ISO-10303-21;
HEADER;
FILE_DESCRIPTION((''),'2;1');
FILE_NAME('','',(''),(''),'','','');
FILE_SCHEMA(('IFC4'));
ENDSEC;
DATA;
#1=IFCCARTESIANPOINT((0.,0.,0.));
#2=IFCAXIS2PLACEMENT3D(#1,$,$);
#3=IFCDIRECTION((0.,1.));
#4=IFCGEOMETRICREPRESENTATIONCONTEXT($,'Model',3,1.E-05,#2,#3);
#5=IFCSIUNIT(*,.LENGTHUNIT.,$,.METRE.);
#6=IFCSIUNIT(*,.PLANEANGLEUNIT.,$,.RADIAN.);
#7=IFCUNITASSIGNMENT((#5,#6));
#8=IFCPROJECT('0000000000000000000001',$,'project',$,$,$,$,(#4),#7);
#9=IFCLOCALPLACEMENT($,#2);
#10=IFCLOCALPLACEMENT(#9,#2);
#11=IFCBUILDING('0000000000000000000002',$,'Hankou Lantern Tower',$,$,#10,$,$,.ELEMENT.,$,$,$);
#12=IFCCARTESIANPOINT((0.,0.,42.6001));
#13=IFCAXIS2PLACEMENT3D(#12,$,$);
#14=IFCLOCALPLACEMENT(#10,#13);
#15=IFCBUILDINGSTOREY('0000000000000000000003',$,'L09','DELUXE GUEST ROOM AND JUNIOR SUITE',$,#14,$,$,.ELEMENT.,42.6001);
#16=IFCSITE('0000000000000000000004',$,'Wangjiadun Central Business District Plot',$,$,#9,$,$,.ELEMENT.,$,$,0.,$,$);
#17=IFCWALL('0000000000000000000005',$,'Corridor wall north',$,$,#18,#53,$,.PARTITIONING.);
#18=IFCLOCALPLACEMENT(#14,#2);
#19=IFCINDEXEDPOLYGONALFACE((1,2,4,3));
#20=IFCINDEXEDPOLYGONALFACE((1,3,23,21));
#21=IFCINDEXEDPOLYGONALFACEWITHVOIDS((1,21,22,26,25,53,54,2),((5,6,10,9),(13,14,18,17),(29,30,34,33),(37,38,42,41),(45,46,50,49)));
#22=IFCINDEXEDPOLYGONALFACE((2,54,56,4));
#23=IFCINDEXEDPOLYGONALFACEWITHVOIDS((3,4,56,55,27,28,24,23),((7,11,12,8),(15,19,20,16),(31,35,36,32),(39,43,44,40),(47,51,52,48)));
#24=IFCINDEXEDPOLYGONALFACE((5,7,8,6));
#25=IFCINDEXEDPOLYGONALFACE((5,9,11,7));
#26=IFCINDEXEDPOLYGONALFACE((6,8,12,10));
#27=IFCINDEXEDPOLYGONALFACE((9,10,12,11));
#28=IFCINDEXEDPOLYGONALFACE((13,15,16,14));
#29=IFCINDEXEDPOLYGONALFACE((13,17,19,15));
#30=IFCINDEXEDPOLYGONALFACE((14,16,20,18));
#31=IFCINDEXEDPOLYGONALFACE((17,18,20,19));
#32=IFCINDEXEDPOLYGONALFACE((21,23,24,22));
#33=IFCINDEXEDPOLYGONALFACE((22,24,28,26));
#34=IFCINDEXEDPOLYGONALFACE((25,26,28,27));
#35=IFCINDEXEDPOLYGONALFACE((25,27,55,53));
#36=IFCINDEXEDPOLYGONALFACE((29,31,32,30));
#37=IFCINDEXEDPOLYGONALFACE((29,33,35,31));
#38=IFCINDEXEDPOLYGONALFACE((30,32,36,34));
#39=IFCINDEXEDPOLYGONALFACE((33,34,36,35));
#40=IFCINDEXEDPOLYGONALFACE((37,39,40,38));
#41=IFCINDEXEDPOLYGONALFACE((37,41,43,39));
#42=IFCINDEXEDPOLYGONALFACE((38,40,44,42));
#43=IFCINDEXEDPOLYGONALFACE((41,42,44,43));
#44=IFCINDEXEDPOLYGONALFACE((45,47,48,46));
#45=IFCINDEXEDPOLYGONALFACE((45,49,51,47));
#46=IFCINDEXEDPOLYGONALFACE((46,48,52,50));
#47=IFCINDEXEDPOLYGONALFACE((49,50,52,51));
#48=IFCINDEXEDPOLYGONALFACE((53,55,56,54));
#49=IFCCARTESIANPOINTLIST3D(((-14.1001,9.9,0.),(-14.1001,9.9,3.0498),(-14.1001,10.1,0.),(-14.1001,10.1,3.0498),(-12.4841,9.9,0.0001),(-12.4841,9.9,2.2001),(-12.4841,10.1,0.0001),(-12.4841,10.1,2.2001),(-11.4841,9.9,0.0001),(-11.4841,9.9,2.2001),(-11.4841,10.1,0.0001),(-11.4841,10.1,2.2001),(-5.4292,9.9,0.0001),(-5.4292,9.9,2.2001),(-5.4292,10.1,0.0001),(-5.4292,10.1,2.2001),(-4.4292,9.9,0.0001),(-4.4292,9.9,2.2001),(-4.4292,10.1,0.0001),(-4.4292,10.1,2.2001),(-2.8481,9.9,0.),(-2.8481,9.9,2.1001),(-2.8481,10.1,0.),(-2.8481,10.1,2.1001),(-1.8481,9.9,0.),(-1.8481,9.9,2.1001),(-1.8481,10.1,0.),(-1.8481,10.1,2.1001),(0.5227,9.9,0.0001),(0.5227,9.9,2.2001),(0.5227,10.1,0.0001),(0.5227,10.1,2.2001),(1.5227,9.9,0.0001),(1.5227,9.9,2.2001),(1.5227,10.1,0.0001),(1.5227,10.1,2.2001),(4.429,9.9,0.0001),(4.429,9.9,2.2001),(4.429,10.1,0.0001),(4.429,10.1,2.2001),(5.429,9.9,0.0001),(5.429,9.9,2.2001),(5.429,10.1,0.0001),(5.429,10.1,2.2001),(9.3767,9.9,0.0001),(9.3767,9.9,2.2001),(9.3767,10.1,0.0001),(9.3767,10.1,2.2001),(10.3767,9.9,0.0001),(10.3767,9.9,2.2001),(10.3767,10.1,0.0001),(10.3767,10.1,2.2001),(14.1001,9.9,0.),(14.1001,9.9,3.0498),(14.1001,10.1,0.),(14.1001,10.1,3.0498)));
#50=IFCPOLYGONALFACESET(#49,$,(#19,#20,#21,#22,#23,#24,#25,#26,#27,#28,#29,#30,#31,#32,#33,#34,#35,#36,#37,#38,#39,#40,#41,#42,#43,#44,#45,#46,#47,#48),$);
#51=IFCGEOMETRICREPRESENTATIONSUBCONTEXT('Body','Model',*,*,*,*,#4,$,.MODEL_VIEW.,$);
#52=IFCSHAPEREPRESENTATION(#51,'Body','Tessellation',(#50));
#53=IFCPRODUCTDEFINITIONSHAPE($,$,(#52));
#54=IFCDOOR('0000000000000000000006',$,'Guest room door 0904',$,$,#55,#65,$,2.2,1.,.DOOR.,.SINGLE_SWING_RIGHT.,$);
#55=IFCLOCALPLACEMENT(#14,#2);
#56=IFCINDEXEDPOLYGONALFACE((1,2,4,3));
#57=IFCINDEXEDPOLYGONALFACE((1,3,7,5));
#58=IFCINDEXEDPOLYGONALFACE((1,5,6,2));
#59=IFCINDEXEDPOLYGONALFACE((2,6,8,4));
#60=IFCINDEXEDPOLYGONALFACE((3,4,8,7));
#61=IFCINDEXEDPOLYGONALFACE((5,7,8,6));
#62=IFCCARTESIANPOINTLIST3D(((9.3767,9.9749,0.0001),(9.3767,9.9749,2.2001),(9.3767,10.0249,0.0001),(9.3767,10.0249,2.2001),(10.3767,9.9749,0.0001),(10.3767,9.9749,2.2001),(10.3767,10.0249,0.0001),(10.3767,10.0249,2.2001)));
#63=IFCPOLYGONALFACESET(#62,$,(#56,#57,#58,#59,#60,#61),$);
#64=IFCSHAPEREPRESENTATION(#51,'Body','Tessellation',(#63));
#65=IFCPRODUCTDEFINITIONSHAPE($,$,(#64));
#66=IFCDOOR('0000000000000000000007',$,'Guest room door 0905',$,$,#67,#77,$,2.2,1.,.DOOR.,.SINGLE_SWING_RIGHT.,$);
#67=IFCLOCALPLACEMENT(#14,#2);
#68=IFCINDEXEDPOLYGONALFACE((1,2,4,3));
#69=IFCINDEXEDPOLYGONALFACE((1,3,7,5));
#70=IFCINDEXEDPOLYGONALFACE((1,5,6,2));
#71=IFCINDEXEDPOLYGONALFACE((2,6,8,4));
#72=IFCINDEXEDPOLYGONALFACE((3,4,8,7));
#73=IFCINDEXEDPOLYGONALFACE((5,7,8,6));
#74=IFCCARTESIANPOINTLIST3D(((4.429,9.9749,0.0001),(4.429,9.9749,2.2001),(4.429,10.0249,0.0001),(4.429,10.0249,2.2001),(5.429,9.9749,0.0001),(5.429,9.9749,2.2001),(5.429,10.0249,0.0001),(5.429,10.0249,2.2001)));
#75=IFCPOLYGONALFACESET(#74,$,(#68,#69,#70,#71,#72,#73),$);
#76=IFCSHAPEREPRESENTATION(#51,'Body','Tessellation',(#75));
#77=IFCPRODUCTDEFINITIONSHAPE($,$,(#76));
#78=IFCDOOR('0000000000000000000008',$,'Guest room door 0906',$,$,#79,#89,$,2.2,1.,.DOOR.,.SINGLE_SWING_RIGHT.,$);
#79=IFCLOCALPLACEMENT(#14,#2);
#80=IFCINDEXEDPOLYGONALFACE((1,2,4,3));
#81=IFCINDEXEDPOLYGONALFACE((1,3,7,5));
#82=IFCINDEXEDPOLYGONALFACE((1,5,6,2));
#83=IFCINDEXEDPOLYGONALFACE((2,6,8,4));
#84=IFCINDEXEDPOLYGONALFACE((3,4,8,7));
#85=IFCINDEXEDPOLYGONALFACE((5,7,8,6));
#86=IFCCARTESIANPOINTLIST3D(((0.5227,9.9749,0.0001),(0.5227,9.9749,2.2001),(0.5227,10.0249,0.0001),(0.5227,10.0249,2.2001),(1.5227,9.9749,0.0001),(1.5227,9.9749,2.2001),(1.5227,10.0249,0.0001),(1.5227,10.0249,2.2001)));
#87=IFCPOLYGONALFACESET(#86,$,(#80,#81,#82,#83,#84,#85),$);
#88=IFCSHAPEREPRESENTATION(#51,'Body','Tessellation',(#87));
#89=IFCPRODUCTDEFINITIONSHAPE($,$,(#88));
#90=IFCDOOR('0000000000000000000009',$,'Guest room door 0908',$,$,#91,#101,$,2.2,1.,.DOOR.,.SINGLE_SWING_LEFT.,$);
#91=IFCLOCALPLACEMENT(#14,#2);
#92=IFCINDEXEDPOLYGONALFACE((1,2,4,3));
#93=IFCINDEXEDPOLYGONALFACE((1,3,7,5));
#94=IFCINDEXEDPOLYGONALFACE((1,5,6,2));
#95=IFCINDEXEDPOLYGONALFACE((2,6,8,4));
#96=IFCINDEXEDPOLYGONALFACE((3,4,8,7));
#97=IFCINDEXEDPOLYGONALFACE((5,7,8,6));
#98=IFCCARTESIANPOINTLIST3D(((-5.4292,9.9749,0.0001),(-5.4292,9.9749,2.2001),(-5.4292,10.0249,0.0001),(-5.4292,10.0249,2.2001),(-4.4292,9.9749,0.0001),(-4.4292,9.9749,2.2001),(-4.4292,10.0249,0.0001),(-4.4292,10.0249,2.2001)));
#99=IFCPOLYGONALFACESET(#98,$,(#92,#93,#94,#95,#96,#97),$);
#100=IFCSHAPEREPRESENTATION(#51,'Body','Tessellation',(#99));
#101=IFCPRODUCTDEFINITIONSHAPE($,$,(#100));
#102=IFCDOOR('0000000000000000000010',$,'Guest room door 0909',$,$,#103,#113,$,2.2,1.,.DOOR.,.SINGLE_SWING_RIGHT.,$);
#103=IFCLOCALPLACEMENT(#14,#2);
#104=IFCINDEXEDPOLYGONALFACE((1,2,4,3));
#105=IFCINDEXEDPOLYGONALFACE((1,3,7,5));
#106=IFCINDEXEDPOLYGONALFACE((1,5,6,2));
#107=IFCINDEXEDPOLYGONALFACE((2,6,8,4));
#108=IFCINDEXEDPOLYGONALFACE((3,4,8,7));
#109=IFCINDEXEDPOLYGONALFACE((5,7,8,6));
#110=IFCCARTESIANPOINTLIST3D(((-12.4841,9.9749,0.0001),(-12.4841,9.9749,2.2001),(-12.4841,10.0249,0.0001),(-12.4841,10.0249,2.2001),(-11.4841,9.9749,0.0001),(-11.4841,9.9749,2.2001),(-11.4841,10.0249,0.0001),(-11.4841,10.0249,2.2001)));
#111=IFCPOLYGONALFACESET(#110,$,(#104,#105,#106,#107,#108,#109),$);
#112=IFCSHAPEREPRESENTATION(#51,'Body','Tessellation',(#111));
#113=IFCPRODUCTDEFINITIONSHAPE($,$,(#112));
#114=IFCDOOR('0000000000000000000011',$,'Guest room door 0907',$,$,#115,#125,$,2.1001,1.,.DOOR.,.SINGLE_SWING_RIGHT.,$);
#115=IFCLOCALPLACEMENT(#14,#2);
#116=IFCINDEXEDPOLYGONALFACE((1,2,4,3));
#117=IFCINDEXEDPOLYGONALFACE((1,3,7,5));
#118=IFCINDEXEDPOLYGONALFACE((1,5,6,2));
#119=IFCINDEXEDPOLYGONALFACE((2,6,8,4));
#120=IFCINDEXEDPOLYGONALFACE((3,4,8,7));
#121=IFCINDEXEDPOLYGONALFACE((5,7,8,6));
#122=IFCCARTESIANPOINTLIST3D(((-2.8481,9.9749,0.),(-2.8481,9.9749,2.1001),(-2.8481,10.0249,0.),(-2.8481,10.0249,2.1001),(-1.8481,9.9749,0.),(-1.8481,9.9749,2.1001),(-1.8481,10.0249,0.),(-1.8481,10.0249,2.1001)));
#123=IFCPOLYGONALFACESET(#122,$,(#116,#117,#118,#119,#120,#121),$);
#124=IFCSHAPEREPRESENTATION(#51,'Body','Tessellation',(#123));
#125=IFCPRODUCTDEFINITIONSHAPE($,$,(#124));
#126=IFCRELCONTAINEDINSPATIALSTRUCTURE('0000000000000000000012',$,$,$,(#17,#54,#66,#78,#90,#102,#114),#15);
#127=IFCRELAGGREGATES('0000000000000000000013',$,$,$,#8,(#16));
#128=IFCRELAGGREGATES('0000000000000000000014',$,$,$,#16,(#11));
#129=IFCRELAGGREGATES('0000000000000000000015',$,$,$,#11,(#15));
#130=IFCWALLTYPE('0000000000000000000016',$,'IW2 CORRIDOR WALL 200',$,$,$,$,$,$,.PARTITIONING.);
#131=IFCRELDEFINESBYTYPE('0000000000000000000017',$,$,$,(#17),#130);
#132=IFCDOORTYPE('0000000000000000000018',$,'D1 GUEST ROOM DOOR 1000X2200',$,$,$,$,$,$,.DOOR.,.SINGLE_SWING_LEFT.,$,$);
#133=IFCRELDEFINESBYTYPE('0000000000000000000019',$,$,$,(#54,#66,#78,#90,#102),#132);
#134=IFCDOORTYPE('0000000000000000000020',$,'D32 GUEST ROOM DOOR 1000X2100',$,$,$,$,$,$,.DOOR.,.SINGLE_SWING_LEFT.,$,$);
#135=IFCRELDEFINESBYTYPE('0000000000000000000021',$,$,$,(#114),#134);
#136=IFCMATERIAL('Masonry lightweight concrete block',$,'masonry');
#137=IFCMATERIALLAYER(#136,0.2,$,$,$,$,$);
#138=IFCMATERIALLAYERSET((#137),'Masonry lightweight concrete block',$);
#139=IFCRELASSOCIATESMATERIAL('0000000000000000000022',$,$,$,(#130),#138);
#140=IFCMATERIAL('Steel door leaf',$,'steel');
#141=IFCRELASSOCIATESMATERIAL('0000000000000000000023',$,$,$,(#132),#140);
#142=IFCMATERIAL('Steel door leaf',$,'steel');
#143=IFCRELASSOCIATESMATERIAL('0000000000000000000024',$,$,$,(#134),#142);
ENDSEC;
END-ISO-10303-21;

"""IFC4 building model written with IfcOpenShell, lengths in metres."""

from ifc_helpers import new_model, si_unit, direction, frame, frame_2d, origin, place, context, subcontext, project, spatial, rectangle, extrude, material, layer, layer_set, type_object, element, fill, save


model = new_model("IFC4")

# Units and contexts
model_context = context("Model", 3, precision=1e-05, world=origin(), true_north=direction((0.0, 1.0)))
body_context = subcontext(model_context, "Body", "Model", "MODEL_VIEW")
ifc_project = project(units=[si_unit("LENGTHUNIT", "METRE"), si_unit("PLANEANGLEUNIT", "RADIAN")], contexts=[model_context])

# Site, building, storey
site_placement = place(None, origin())
site = spatial("IfcSite", under=ifc_project, at=site_placement, Name="Wangjiadun Central Business District Plot", CompositionType="ELEMENT", RefElevation=0.0)
building_placement = place(site_placement, origin())
building = spatial("IfcBuilding", under=site, at=building_placement, Name="Hankou Lantern Tower", CompositionType="ELEMENT")
storey_placement = place(building_placement, frame((0.0, 0.0, 42.6001)))
storey = spatial("IfcBuildingStorey", under=building, at=storey_placement, Name="L09", Description="DELUXE GUEST ROOM AND JUNIOR SUITE", CompositionType="ELEMENT", Elevation=42.6001)

# Wall, openings, doors
ifc_material_1 = material(Name="Masonry lightweight concrete block", Category="masonry")
ifc_layer_1 = layer(ifc_material_1, 0.2)
ifc_layer_set_1 = layer_set([ifc_layer_1], Name="Masonry lightweight concrete block")
wall_type_1 = type_object("IfcWallType", Name="IW2 CORRIDOR WALL 200", PredefinedType="PARTITIONING", material=ifc_layer_set_1)
wall_1_placement = place(storey_placement, frame((-14.1001, 10.0, 0.0), z_axis=(0.0, 0.0, 1.0), x_axis=(1.0, 0.0, 0.0)))
wall_1 = element("IfcWall", 1, at=wall_1_placement, inside=storey, type_object=wall_type_1, Name="Corridor wall north", PredefinedType="PARTITIONING", context=body_context, shape_type="SweptSolid", body=[
    extrude(rectangle(XDim=28.2002, YDim=0.2, at=frame_2d((14.1001, 0.0))), origin(), (0.0, 0.0, 1.0), 3.0498),
])
opening_1_placement = place(wall_1_placement, frame((23.4768, 0.0, 0.0)))
opening_1 = element("IfcOpeningElement", 2, at=opening_1_placement, cuts=wall_1, PredefinedType="OPENING", context=body_context, shape_type="SweptSolid", body=[
    extrude(rectangle(XDim=1.0, YDim=2.2, at=frame_2d((0.5, 1.1001))), frame((0.0, 0.1099, 0.0), z_axis=(0.0, -1.0, 0.0), x_axis=(1.0, 0.0, 0.0)), (0.0, 0.0, 1.0), 0.22),
])
opening_2_placement = place(wall_1_placement, frame((18.5291, 0.0, 0.0)))
opening_2 = element("IfcOpeningElement", 3, at=opening_2_placement, cuts=wall_1, PredefinedType="OPENING", context=body_context, shape_type="SweptSolid", body=[
    extrude(rectangle(XDim=1.0, YDim=2.2, at=frame_2d((0.5, 1.1001))), frame((0.0, 0.1099, 0.0), z_axis=(0.0, -1.0, 0.0), x_axis=(1.0, 0.0, 0.0)), (0.0, 0.0, 1.0), 0.22),
])
opening_3_placement = place(wall_1_placement, frame((14.6228, 0.0, 0.0)))
opening_3 = element("IfcOpeningElement", 4, at=opening_3_placement, cuts=wall_1, PredefinedType="OPENING", context=body_context, shape_type="SweptSolid", body=[
    extrude(rectangle(XDim=1.0, YDim=2.2, at=frame_2d((0.5, 1.1001))), frame((0.0, 0.1099, 0.0), z_axis=(0.0, -1.0, 0.0), x_axis=(1.0, 0.0, 0.0)), (0.0, 0.0, 1.0), 0.22),
])
opening_4_placement = place(wall_1_placement, frame((11.252, 0.0, 0.0)))
opening_4 = element("IfcOpeningElement", 5, at=opening_4_placement, cuts=wall_1, PredefinedType="OPENING", context=body_context, shape_type="SweptSolid", body=[
    extrude(rectangle(XDim=1.0, YDim=2.1001, at=frame_2d((0.5, 1.05))), frame((0.0, 0.1099, 0.0), z_axis=(0.0, -1.0, 0.0), x_axis=(1.0, 0.0, 0.0)), (0.0, 0.0, 1.0), 0.22),
])
opening_5_placement = place(wall_1_placement, frame((8.6709, 0.0, 0.0)))
opening_5 = element("IfcOpeningElement", 6, at=opening_5_placement, cuts=wall_1, PredefinedType="OPENING", context=body_context, shape_type="SweptSolid", body=[
    extrude(rectangle(XDim=1.0, YDim=2.2, at=frame_2d((0.5, 1.1001))), frame((0.0, 0.1099, 0.0), z_axis=(0.0, -1.0, 0.0), x_axis=(1.0, 0.0, 0.0)), (0.0, 0.0, 1.0), 0.22),
])
opening_6_placement = place(wall_1_placement, frame((1.616, 0.0, 0.0)))
opening_6 = element("IfcOpeningElement", 7, at=opening_6_placement, cuts=wall_1, PredefinedType="OPENING", context=body_context, shape_type="SweptSolid", body=[
    extrude(rectangle(XDim=1.0, YDim=2.2, at=frame_2d((0.5, 1.1001))), frame((0.0, 0.1099, 0.0), z_axis=(0.0, -1.0, 0.0), x_axis=(1.0, 0.0, 0.0)), (0.0, 0.0, 1.0), 0.22),
])
ifc_material_2 = material(Name="Steel door leaf", Category="steel")
door_type_1 = type_object("IfcDoorType", Name="D1 GUEST ROOM DOOR 1000X2200", OperationType="SINGLE_SWING_LEFT", PredefinedType="DOOR", material=ifc_material_2)
door_1_placement = place(opening_1_placement, origin())
door_1 = element("IfcDoor", 8, at=door_1_placement, inside=storey, type_object=door_type_1, Name="Guest room door 0904", OperationType="SINGLE_SWING_RIGHT", OverallHeight=2.2, OverallWidth=1.0, PredefinedType="DOOR", context=body_context, shape_type="SweptSolid", body=[
    extrude(rectangle(XDim=1.0, YDim=2.2, at=frame_2d((0.5, 1.1001))), frame((0.0, 0.0249, 0.0), z_axis=(0.0, -1.0, 0.0), x_axis=(1.0, 0.0, 0.0)), (0.0, 0.0, 1.0), 0.05),
])
fill(opening_1, door_1)
door_2_placement = place(opening_2_placement, origin())
door_2 = element("IfcDoor", 9, at=door_2_placement, inside=storey, type_object=door_type_1, Name="Guest room door 0905", OperationType="SINGLE_SWING_RIGHT", OverallHeight=2.2, OverallWidth=1.0, PredefinedType="DOOR", context=body_context, shape_type="SweptSolid", body=[
    extrude(rectangle(XDim=1.0, YDim=2.2, at=frame_2d((0.5, 1.1001))), frame((0.0, 0.0249, 0.0), z_axis=(0.0, -1.0, 0.0), x_axis=(1.0, 0.0, 0.0)), (0.0, 0.0, 1.0), 0.05),
])
fill(opening_2, door_2)
door_3_placement = place(opening_3_placement, origin())
door_3 = element("IfcDoor", 10, at=door_3_placement, inside=storey, type_object=door_type_1, Name="Guest room door 0906", OperationType="SINGLE_SWING_RIGHT", OverallHeight=2.2, OverallWidth=1.0, PredefinedType="DOOR", context=body_context, shape_type="SweptSolid", body=[
    extrude(rectangle(XDim=1.0, YDim=2.2, at=frame_2d((0.5, 1.1001))), frame((0.0, 0.0249, 0.0), z_axis=(0.0, -1.0, 0.0), x_axis=(1.0, 0.0, 0.0)), (0.0, 0.0, 1.0), 0.05),
])
fill(opening_3, door_3)
door_4_placement = place(opening_5_placement, origin())
door_4 = element("IfcDoor", 11, at=door_4_placement, inside=storey, type_object=door_type_1, Name="Guest room door 0908", OperationType="SINGLE_SWING_LEFT", OverallHeight=2.2, OverallWidth=1.0, PredefinedType="DOOR", context=body_context, shape_type="SweptSolid", body=[
    extrude(rectangle(XDim=1.0, YDim=2.2, at=frame_2d((0.5, 1.1001))), frame((0.0, 0.0249, 0.0), z_axis=(0.0, -1.0, 0.0), x_axis=(1.0, 0.0, 0.0)), (0.0, 0.0, 1.0), 0.05),
])
fill(opening_5, door_4)
door_5_placement = place(opening_6_placement, origin())
door_5 = element("IfcDoor", 12, at=door_5_placement, inside=storey, type_object=door_type_1, Name="Guest room door 0909", OperationType="SINGLE_SWING_RIGHT", OverallHeight=2.2, OverallWidth=1.0, PredefinedType="DOOR", context=body_context, shape_type="SweptSolid", body=[
    extrude(rectangle(XDim=1.0, YDim=2.2, at=frame_2d((0.5, 1.1001))), frame((0.0, 0.0249, 0.0), z_axis=(0.0, -1.0, 0.0), x_axis=(1.0, 0.0, 0.0)), (0.0, 0.0, 1.0), 0.05),
])
fill(opening_6, door_5)
ifc_material_3 = material(Name="Steel door leaf", Category="steel")
door_type_2 = type_object("IfcDoorType", Name="D32 GUEST ROOM DOOR 1000X2100", OperationType="SINGLE_SWING_LEFT", PredefinedType="DOOR", material=ifc_material_3)
door_6_placement = place(opening_4_placement, origin())
door_6 = element("IfcDoor", 13, at=door_6_placement, inside=storey, type_object=door_type_2, Name="Guest room door 0907", OperationType="SINGLE_SWING_RIGHT", OverallHeight=2.1001, OverallWidth=1.0, PredefinedType="DOOR", context=body_context, shape_type="SweptSolid", body=[
    extrude(rectangle(XDim=1.0, YDim=2.1001, at=frame_2d((0.5, 1.05))), frame((0.0, 0.0249, 0.0), z_axis=(0.0, -1.0, 0.0), x_axis=(1.0, 0.0, 0.0)), (0.0, 0.0, 1.0), 0.05),
])
fill(opening_4, door_6)

save(model, "model.ifc")
